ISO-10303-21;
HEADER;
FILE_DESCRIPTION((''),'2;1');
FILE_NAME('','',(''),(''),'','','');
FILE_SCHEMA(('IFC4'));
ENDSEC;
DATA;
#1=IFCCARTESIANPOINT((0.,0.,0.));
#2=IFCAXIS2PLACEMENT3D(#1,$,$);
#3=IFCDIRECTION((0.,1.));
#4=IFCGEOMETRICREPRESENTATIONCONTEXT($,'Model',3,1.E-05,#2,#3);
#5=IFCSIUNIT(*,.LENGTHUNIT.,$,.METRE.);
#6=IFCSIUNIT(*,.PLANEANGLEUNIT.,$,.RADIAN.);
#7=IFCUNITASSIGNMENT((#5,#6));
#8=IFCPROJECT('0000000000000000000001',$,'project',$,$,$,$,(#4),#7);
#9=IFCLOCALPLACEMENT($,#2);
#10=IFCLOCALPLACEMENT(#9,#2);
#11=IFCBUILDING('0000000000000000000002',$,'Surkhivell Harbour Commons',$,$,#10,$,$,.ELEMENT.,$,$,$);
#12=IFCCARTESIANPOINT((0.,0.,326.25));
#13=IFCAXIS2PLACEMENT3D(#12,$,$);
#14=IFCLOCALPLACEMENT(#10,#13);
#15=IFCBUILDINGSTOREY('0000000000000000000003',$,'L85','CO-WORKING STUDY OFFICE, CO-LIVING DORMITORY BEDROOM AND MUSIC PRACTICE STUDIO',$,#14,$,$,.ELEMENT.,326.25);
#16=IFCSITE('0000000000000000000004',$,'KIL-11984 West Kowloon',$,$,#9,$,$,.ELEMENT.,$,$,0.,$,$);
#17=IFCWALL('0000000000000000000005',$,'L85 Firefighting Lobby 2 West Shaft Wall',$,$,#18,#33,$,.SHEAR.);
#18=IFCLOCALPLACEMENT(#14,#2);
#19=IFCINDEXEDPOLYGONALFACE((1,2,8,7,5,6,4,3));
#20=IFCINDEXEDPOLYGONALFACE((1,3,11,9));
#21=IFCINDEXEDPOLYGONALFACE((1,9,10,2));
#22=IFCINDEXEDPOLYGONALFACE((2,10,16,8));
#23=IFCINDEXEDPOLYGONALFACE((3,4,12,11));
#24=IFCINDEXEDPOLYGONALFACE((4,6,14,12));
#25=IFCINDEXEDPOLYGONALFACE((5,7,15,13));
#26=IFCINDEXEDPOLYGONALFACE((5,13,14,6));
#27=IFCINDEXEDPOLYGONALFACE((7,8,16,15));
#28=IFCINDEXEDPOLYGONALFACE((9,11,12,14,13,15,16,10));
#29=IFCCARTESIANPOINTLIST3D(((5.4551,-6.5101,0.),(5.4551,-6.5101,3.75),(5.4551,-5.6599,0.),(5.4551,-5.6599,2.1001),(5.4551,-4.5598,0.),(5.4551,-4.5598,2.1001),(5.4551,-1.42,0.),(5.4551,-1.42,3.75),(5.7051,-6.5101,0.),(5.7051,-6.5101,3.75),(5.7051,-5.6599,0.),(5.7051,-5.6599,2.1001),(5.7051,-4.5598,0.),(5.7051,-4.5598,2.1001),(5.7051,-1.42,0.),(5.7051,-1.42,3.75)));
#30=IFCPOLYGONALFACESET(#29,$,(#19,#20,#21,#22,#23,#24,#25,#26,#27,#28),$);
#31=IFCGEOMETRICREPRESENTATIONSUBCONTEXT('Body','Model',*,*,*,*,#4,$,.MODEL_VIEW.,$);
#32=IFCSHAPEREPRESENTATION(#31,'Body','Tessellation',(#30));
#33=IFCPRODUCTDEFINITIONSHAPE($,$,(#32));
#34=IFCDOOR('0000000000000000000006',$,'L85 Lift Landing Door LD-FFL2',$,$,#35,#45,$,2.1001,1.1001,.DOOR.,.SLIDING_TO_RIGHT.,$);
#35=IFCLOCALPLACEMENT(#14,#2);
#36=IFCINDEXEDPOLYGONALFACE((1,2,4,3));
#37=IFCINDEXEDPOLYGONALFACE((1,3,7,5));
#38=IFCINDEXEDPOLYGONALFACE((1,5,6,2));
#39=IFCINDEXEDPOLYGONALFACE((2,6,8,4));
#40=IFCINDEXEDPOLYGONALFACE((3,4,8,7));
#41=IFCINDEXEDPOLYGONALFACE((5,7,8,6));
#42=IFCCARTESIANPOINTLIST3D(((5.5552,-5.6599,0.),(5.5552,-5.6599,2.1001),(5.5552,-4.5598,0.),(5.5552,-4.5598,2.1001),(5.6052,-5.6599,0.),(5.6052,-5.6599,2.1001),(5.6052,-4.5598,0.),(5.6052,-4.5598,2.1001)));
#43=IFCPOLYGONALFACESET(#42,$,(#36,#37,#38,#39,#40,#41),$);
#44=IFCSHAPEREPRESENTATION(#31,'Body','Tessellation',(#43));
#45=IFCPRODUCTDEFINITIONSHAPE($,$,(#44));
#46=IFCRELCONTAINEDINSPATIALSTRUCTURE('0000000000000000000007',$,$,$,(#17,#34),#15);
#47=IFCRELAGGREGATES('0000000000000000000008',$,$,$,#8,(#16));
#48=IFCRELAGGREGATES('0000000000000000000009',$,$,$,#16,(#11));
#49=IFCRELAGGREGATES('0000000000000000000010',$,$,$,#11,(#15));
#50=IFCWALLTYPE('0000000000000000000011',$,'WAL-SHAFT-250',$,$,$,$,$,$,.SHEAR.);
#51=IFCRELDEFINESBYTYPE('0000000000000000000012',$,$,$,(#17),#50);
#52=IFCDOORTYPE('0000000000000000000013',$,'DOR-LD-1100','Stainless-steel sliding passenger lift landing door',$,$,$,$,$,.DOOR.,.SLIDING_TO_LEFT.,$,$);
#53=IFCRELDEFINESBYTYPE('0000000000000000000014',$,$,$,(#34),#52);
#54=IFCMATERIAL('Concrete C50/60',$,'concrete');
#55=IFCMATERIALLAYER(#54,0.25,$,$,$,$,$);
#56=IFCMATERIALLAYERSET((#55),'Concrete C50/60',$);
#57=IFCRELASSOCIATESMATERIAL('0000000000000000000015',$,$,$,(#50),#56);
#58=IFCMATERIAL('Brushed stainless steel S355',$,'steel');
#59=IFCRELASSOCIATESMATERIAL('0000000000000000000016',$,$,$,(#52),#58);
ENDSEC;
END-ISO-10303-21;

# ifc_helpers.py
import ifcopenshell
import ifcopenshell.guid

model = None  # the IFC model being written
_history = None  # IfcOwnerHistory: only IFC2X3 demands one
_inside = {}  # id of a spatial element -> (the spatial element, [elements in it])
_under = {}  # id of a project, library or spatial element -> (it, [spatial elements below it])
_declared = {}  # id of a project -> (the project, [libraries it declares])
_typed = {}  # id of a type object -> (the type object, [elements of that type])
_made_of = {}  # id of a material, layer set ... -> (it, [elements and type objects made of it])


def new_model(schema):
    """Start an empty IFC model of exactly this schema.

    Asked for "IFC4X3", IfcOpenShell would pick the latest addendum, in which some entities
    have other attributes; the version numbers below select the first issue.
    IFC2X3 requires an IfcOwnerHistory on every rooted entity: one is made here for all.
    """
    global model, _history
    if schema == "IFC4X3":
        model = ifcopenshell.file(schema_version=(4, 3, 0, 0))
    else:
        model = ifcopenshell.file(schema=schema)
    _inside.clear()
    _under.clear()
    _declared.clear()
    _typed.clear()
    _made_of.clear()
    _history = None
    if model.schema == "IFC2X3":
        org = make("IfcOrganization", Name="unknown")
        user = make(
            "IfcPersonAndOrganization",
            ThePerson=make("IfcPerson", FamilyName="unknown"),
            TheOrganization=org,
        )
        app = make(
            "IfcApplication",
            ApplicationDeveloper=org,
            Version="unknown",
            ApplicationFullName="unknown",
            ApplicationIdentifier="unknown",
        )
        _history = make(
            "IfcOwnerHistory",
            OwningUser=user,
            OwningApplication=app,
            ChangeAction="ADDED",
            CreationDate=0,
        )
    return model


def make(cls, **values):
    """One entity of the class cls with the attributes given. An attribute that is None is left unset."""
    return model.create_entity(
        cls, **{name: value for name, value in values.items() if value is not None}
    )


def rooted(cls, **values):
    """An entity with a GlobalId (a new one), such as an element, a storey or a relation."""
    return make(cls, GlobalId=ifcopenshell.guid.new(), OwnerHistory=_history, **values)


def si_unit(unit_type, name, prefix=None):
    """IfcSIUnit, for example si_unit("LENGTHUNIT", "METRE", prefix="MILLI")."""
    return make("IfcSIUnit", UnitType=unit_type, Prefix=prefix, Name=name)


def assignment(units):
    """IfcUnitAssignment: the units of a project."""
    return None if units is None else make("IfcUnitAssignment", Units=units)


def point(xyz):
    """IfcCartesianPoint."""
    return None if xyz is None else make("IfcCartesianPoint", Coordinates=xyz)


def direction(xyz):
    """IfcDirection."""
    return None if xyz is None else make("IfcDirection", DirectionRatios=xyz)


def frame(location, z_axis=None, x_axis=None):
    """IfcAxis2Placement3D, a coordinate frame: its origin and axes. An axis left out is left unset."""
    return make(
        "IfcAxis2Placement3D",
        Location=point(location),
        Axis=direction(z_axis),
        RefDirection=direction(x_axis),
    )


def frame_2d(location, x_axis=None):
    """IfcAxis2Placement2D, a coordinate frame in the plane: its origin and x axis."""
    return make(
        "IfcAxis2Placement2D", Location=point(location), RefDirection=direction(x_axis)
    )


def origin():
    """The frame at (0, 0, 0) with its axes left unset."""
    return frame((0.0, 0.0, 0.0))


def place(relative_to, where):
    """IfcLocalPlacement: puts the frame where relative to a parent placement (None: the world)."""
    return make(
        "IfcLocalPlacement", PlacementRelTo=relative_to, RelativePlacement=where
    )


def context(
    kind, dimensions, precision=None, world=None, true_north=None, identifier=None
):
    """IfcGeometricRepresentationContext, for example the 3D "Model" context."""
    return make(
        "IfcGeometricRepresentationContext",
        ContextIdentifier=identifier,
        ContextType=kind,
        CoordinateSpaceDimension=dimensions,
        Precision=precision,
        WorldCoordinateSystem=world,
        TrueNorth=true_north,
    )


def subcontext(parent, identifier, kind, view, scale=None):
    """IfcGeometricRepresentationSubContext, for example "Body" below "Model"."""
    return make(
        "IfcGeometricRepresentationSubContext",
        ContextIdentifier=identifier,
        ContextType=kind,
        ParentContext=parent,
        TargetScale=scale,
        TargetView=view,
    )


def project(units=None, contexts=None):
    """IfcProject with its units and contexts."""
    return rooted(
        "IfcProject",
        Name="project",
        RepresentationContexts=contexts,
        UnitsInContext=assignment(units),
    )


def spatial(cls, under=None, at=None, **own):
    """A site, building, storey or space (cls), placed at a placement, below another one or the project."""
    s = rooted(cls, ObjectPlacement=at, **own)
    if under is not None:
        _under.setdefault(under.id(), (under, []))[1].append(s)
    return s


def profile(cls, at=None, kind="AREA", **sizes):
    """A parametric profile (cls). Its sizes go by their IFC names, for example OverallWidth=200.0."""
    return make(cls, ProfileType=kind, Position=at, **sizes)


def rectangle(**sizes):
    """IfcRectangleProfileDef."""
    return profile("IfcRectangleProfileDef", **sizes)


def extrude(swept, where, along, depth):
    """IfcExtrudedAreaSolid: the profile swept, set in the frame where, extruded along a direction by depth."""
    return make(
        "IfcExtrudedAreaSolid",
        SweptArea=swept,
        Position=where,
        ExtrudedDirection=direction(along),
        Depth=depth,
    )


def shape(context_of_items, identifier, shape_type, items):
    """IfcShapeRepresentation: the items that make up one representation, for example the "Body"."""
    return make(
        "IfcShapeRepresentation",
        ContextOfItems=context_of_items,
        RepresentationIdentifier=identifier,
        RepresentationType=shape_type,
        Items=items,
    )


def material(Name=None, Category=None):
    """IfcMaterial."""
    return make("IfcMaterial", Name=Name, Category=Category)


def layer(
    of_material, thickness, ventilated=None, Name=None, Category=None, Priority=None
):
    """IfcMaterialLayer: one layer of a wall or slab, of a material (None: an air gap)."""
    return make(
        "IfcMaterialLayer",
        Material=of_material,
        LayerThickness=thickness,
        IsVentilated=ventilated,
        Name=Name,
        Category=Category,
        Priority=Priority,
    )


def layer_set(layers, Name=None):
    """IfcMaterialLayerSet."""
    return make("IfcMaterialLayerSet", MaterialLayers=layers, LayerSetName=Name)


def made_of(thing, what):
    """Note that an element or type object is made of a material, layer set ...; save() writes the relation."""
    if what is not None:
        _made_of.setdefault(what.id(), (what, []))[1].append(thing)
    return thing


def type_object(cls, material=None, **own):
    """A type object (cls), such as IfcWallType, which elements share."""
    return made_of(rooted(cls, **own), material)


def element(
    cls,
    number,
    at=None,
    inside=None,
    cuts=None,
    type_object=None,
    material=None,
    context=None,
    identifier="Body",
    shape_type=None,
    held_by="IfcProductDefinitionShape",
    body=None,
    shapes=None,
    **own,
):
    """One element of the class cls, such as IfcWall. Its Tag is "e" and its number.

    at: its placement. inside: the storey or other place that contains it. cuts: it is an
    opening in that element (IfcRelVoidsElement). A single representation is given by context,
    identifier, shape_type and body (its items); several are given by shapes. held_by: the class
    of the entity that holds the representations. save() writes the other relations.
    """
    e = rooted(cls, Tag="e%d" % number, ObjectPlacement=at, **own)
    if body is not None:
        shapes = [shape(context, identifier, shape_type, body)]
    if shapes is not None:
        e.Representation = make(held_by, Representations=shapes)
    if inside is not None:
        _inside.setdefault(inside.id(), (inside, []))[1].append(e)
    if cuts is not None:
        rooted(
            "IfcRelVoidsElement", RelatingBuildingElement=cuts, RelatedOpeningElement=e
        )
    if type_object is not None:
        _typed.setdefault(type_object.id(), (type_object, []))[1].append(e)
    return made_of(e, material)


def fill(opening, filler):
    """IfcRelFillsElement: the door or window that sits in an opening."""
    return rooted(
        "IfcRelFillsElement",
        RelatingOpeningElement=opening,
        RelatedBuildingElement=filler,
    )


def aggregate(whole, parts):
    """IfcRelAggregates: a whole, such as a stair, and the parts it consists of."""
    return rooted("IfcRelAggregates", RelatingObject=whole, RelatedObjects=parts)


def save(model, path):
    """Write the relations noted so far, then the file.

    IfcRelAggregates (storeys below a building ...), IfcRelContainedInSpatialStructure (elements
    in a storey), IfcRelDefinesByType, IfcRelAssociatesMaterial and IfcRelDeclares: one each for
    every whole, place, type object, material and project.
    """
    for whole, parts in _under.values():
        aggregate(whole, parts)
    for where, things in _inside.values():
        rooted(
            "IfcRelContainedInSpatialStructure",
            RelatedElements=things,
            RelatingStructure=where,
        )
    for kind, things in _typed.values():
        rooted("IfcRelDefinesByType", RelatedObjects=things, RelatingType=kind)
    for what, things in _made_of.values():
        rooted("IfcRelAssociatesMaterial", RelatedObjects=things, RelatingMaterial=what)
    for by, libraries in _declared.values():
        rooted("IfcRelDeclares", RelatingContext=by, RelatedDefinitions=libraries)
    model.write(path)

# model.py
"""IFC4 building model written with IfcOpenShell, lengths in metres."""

from ifc_helpers import new_model, si_unit, direction, frame, frame_2d, origin, place, context, subcontext, project, spatial, rectangle, extrude, material, layer, layer_set, type_object, element, fill, save


model = new_model("IFC4")

# Units and contexts
model_context = context("Model", 3, precision=1e-05, world=origin(), true_north=direction((0.0, 1.0)))
body_context = subcontext(model_context, "Body", "Model", "MODEL_VIEW")
ifc_project = project(units=[si_unit("LENGTHUNIT", "METRE"), si_unit("PLANEANGLEUNIT", "RADIAN")], contexts=[model_context])

# Site, building, storey
site_placement = place(None, origin())
site = spatial("IfcSite", under=ifc_project, at=site_placement, Name="KIL-11984 West Kowloon", CompositionType="ELEMENT", RefElevation=0.0)
building_placement = place(site_placement, origin())
building = spatial("IfcBuilding", under=site, at=building_placement, Name="Surkhivell Harbour Commons", CompositionType="ELEMENT")
storey_placement = place(building_placement, frame((0.0, 0.0, 326.25)))
storey = spatial("IfcBuildingStorey", under=building, at=storey_placement, Name="L85", Description="CO-WORKING STUDY OFFICE, CO-LIVING DORMITORY BEDROOM AND MUSIC PRACTICE STUDIO", CompositionType="ELEMENT", Elevation=326.25)

# Shared definitions
ifc_material_1 = material(Name="Concrete C50/60", Category="concrete")

# Shared definitions
ifc_layer_1 = layer(ifc_material_1, 0.25)
ifc_layer_set_1 = layer_set([ifc_layer_1], Name="Concrete C50/60")
wall_type_1 = type_object("IfcWallType", Name="WAL-SHAFT-250", PredefinedType="SHEAR", material=ifc_layer_set_1)

# Wall, opening, door
wall_1_placement = place(storey_placement, frame((5.5801, -6.51, 0.0), z_axis=(0.0, 0.0, 1.0), x_axis=(0.0, 1.0, 0.0)))
wall_1 = element("IfcWall", 1, at=wall_1_placement, inside=storey, type_object=wall_type_1, Name="L85 Firefighting Lobby 2 West Shaft Wall", PredefinedType="SHEAR", context=body_context, shape_type="SweptSolid", body=[
    extrude(rectangle(XDim=5.0901, YDim=0.25, at=frame_2d((2.5449, 0.0))), origin(), (0.0, 0.0, 1.0), 3.75),
])
opening_1_placement = place(wall_1_placement, frame((0.8501, 0.0, 0.0)))
opening_1 = element("IfcOpeningElement", 2, at=opening_1_placement, cuts=wall_1, PredefinedType="OPENING", context=body_context, shape_type="SweptSolid", body=[
    extrude(rectangle(XDim=1.1001, YDim=2.1001, at=frame_2d((0.55, 1.05))), frame((0.0, 0.135, 0.0), z_axis=(0.0, -1.0, 0.0), x_axis=(1.0, 0.0, 0.0)), (0.0, 0.0, 1.0), 0.27),
])
ifc_material_2 = material(Name="Brushed stainless steel S355", Category="steel")
door_type_1 = type_object("IfcDoorType", Name="DOR-LD-1100", Description="Stainless-steel sliding passenger lift landing door", OperationType="SLIDING_TO_LEFT", PredefinedType="DOOR", material=ifc_material_2)
door_1_placement = place(opening_1_placement, origin())
door_1 = element("IfcDoor", 3, at=door_1_placement, inside=storey, type_object=door_type_1, Name="L85 Lift Landing Door LD-FFL2", OperationType="SLIDING_TO_RIGHT", OverallHeight=2.1001, OverallWidth=1.1001, PredefinedType="DOOR", context=body_context, shape_type="SweptSolid", body=[
    extrude(rectangle(XDim=1.1001, YDim=2.1001, at=frame_2d((0.55, 1.05))), frame((0.0, 0.0249, 0.0), z_axis=(0.0, -1.0, 0.0), x_axis=(1.0, 0.0, 0.0)), (0.0, 0.0, 1.0), 0.05),
])
fill(opening_1, door_1)

save(model, "model.ifc")
